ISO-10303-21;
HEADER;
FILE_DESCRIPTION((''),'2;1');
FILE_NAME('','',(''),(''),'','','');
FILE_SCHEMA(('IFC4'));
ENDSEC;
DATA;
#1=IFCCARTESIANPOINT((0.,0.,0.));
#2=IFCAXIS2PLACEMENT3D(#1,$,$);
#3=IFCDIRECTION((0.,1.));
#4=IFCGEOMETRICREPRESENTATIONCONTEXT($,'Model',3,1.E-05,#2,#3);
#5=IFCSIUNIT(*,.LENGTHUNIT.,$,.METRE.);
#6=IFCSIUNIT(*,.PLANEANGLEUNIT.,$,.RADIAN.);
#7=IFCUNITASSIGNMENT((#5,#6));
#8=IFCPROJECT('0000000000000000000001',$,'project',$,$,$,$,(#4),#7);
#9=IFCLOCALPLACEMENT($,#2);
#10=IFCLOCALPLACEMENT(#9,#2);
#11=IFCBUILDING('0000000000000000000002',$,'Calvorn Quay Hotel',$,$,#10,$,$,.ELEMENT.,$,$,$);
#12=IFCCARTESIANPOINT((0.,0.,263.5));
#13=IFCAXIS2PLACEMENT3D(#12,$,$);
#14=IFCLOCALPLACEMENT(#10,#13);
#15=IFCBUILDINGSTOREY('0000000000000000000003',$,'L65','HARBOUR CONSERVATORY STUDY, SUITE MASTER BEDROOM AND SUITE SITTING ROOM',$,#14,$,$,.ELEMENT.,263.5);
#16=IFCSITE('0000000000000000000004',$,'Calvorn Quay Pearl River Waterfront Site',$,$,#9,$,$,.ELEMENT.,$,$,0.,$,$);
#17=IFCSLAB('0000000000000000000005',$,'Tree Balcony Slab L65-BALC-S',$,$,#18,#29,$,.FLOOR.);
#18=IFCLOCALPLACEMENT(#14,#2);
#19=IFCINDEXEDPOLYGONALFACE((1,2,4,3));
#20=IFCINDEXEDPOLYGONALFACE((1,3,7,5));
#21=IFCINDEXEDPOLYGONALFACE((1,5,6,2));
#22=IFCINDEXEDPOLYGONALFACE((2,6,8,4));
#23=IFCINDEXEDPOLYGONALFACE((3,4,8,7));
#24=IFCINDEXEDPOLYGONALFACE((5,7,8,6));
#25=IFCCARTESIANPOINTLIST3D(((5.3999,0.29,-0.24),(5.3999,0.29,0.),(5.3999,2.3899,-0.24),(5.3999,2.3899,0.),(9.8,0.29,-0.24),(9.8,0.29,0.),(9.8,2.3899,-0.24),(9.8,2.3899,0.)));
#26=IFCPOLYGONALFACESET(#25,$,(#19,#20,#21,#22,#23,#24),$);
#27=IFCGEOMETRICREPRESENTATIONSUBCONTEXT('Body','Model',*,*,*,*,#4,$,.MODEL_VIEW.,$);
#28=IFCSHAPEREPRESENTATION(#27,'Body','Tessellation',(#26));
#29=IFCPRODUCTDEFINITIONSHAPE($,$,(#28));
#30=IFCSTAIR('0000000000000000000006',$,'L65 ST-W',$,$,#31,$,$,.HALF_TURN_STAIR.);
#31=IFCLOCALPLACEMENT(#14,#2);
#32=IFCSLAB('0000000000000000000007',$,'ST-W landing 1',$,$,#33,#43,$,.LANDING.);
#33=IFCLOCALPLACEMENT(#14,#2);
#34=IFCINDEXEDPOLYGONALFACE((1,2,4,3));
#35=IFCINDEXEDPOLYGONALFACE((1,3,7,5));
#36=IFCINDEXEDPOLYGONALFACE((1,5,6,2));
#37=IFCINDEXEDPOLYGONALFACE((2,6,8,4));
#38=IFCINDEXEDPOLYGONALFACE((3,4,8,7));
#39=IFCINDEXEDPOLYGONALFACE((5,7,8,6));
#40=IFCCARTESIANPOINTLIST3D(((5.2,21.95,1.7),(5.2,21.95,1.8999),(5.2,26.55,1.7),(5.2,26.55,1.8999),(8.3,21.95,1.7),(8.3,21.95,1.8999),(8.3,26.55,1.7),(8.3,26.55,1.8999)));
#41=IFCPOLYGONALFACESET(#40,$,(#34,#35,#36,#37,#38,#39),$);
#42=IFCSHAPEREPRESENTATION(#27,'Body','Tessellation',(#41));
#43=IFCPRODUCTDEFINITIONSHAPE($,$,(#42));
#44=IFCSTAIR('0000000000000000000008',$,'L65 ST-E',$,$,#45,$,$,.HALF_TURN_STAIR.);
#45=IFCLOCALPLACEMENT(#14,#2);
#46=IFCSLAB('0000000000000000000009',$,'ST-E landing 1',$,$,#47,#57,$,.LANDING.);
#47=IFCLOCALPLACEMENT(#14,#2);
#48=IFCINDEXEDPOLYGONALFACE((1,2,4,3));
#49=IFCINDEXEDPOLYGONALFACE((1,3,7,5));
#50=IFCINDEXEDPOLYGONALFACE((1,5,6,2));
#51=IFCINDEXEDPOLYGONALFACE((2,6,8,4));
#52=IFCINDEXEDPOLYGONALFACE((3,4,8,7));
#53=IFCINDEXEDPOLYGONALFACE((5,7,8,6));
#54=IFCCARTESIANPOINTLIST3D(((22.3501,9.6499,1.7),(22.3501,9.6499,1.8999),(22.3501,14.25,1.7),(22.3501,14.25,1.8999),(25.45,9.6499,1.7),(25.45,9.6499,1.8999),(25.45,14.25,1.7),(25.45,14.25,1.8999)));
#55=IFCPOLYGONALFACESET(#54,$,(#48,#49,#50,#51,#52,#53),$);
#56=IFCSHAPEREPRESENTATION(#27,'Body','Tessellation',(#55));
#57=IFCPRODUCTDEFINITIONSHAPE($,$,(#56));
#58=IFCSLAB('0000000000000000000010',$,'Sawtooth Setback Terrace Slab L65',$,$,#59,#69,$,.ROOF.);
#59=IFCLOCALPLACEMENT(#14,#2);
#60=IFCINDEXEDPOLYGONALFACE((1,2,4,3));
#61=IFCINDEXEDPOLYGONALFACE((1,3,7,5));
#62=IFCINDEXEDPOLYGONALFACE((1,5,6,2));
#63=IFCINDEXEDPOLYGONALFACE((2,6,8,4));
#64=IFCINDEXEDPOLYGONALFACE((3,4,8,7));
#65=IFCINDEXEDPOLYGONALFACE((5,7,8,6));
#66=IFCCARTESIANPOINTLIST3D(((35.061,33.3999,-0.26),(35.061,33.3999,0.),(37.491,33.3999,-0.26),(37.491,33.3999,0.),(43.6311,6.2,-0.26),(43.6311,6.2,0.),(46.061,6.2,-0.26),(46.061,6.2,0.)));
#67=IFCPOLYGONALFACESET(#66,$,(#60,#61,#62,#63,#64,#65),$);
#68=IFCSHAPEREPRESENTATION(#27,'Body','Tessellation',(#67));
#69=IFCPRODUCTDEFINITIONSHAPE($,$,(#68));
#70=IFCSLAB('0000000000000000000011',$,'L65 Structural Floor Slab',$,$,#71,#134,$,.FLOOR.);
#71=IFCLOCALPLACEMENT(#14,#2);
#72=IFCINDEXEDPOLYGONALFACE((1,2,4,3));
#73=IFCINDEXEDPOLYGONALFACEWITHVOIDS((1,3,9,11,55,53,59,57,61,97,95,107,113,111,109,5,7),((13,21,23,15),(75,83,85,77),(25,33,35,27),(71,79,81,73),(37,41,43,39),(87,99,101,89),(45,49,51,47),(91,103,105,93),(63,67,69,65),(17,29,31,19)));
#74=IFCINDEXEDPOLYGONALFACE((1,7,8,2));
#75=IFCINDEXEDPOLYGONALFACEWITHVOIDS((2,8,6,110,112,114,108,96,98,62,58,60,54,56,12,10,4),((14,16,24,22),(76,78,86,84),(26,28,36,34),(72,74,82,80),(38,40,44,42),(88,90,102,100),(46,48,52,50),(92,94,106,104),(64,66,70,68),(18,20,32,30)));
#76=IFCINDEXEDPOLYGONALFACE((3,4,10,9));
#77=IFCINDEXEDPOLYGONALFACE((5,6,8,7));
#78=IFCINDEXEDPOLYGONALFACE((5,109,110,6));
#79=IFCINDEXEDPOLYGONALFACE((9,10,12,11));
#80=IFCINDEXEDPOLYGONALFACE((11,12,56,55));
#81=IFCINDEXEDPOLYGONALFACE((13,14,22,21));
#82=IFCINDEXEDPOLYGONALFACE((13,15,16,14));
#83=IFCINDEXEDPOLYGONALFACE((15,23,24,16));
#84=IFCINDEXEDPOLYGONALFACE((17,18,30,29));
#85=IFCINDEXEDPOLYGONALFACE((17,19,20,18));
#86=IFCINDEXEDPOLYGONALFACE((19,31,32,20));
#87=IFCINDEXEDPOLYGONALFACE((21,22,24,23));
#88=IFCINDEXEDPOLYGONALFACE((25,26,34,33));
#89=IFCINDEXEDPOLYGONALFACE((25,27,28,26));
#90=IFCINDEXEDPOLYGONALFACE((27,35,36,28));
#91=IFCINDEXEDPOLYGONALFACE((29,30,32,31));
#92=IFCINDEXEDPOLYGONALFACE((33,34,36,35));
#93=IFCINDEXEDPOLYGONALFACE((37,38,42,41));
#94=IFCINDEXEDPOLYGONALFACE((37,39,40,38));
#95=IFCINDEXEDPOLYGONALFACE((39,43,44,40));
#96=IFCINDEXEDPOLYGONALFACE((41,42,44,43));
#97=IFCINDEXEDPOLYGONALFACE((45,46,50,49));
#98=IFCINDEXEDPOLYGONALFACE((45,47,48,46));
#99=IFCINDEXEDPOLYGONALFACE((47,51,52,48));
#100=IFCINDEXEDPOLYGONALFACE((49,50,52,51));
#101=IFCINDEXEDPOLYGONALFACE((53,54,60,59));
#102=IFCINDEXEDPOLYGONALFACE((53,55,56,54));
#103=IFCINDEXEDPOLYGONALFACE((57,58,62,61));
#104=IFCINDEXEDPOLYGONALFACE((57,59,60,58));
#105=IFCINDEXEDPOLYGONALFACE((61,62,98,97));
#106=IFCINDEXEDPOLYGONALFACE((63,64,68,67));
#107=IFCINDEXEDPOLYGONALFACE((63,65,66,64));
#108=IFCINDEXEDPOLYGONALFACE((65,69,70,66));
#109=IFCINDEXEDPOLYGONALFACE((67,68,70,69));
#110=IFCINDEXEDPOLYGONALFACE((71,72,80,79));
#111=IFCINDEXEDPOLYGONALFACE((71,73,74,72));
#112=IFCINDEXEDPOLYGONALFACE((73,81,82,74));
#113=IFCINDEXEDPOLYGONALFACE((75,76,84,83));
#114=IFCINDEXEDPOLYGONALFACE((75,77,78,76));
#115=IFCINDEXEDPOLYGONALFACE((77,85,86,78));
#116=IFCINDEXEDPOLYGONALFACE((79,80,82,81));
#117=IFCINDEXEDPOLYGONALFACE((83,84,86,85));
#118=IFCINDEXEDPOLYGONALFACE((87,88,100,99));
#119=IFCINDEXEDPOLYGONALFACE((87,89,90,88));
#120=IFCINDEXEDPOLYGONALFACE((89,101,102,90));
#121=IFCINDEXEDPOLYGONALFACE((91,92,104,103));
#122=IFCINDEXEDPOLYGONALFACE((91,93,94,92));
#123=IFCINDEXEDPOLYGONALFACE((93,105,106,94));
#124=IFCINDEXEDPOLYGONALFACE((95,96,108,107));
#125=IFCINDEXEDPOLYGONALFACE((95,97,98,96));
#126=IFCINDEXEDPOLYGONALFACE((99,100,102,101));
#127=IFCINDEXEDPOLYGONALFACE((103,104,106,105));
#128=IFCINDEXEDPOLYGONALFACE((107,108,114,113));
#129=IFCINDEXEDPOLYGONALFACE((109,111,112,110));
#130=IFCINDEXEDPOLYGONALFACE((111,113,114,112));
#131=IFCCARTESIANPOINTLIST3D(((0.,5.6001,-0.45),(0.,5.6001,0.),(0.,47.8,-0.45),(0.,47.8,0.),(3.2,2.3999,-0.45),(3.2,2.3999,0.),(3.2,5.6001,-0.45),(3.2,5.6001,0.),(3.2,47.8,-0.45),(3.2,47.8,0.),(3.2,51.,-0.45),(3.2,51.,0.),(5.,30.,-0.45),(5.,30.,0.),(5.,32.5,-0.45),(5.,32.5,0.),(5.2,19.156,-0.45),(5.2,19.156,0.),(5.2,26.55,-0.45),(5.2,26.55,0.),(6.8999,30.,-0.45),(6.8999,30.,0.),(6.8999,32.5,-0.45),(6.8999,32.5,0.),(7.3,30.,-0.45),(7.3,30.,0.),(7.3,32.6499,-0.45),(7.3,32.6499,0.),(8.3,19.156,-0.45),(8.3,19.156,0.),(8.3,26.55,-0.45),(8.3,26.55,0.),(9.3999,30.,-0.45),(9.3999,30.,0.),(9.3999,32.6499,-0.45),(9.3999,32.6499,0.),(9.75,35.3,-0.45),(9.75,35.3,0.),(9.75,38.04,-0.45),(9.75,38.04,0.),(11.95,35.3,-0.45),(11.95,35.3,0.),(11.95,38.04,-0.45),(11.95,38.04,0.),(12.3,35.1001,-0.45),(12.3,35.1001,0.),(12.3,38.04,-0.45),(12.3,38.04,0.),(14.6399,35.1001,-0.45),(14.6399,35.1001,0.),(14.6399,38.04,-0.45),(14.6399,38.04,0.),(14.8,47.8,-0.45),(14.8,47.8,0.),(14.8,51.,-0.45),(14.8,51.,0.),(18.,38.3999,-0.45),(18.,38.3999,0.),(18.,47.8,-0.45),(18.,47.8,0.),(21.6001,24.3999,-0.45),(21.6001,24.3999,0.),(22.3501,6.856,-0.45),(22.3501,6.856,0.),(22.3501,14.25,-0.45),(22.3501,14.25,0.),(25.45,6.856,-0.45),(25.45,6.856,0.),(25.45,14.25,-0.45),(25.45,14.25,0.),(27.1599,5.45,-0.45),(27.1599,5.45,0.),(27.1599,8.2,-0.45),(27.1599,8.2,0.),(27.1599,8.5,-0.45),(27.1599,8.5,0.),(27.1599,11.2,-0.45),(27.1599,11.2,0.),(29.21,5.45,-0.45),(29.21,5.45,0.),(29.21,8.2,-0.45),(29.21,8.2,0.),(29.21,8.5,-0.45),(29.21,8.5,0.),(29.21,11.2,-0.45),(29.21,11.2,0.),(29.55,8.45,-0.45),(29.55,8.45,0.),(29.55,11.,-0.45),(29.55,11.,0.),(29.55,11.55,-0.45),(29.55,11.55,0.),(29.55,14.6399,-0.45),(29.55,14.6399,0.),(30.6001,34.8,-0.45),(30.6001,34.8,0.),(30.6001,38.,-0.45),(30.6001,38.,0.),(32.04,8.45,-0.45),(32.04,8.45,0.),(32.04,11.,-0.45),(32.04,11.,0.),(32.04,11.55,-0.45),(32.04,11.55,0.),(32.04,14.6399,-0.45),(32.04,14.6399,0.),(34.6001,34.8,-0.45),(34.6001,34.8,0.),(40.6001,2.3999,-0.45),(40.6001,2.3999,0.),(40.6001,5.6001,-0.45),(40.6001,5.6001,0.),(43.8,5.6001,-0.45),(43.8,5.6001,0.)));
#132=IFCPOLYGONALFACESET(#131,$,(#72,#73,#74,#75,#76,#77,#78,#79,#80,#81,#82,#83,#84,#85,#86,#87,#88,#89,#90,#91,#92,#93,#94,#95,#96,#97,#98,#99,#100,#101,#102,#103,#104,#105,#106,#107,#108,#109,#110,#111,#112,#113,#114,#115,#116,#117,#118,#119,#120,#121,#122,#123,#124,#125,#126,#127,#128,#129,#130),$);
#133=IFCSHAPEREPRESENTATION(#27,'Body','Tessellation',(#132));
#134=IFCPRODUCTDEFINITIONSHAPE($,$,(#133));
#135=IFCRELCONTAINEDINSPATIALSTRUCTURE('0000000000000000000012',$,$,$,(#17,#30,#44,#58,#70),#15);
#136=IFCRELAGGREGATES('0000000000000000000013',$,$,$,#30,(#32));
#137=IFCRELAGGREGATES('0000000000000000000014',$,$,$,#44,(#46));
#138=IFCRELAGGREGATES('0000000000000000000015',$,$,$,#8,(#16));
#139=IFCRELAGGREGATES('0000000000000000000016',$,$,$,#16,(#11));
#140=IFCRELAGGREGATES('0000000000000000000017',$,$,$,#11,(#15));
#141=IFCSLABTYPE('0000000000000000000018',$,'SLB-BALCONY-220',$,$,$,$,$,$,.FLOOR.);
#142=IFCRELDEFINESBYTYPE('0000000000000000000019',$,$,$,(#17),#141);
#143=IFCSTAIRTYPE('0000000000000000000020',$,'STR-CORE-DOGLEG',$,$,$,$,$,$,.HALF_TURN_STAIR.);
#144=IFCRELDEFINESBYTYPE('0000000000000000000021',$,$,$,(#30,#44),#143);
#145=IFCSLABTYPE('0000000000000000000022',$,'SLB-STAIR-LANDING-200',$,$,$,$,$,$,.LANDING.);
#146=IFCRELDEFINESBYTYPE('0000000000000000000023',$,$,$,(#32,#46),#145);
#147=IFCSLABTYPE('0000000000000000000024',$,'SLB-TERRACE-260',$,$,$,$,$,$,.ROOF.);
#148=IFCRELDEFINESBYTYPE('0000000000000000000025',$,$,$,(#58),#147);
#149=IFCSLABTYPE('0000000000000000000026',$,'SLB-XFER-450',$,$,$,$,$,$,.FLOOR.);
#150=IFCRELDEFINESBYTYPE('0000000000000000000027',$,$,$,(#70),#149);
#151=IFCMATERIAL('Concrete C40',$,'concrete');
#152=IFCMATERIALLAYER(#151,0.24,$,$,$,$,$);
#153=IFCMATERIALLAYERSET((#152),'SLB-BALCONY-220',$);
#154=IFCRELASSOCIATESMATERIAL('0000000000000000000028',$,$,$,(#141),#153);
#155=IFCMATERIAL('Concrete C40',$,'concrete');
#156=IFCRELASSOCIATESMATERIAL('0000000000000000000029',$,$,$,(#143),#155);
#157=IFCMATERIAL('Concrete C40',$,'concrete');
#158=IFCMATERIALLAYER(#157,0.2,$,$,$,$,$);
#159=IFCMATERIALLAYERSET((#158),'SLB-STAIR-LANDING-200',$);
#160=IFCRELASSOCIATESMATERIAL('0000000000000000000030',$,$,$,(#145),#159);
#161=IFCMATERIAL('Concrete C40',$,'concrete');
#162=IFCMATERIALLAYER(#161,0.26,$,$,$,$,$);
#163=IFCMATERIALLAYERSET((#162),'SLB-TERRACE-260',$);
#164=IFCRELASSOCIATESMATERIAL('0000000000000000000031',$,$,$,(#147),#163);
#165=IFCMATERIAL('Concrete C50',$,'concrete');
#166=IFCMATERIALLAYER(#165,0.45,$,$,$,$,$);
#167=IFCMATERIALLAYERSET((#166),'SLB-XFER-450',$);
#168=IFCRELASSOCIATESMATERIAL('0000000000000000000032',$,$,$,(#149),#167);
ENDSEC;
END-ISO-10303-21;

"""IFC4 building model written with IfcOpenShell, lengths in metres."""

from ifc_helpers import new_model, si_unit, direction, frame, origin, place, context, subcontext, project, spatial, polyline, outline, extrude, material, layer, layer_set, type_object, element, aggregate, save


model = new_model("IFC4")

# Units and contexts
model_context = context("Model", 3, precision=1e-05, world=origin(), true_north=direction((0.0, 1.0)))
body_context = subcontext(model_context, "Body", "Model", "MODEL_VIEW")
ifc_project = project(units=[si_unit("LENGTHUNIT", "METRE"), si_unit("PLANEANGLEUNIT", "RADIAN")], contexts=[model_context])

# Site, building, storey
site_placement = place(None, origin())
site = spatial("IfcSite", under=ifc_project, at=site_placement, Name="Calvorn Quay Pearl River Waterfront Site", CompositionType="ELEMENT", RefElevation=0.0)
building_placement = place(site_placement, origin())
building = spatial("IfcBuilding", under=site, at=building_placement, Name="Calvorn Quay Hotel", CompositionType="ELEMENT")
storey_placement = place(building_placement, frame((0.0, 0.0, 263.5)))
storey = spatial("IfcBuildingStorey", under=building, at=storey_placement, Name="L65", Description="HARBOUR CONSERVATORY STUDY, SUITE MASTER BEDROOM AND SUITE SITTING ROOM", CompositionType="ELEMENT", Elevation=263.5)

# Slab
ifc_material_1 = material(Name="Concrete C40", Category="concrete")
ifc_layer_1 = layer(ifc_material_1, 0.24)
ifc_layer_set_1 = layer_set([ifc_layer_1], Name="SLB-BALCONY-220")
slab_type_1 = type_object("IfcSlabType", Name="SLB-BALCONY-220", PredefinedType="FLOOR", material=ifc_layer_set_1)
slab_1_placement = place(storey_placement, frame((0.0, 0.0, -0.24)))
element("IfcSlab", 1, at=slab_1_placement, inside=storey, type_object=slab_type_1, Name="Tree Balcony Slab L65-BALC-S", PredefinedType="FLOOR", context=body_context, shape_type="SweptSolid", body=[
    extrude(outline(polyline([(5.3999, 0.29), (9.8, 0.29), (9.8, 2.3899), (5.3999, 2.3899), (5.3999, 0.29)])), origin(), (0.0, 0.0, 1.0), 0.24),
])

# Stairs, slabs
ifc_material_2 = material(Name="Concrete C40", Category="concrete")
stair_type = type_object("IfcStairType", Name="STR-CORE-DOGLEG", PredefinedType="HALF_TURN_STAIR", material=ifc_material_2)
stair_1_placement = place(storey_placement, origin())
stair_1 = element("IfcStair", 2, at=stair_1_placement, inside=storey, type_object=stair_type, Name="L65 ST-W", PredefinedType="HALF_TURN_STAIR")
ifc_material_3 = material(Name="Concrete C40", Category="concrete")
ifc_layer_2 = layer(ifc_material_3, 0.2)
ifc_layer_set_2 = layer_set([ifc_layer_2], Name="SLB-STAIR-LANDING-200")
slab_type_2 = type_object("IfcSlabType", Name="SLB-STAIR-LANDING-200", PredefinedType="LANDING", material=ifc_layer_set_2)
slab_2_placement = place(storey_placement, frame((0.0, 0.0, 1.7)))
slab_2 = element("IfcSlab", 3, at=slab_2_placement, type_object=slab_type_2, Name="ST-W landing 1", PredefinedType="LANDING", context=body_context, shape_type="SweptSolid", body=[
    extrude(outline(polyline([(8.3, 21.95), (8.3, 26.55), (5.2, 26.55), (5.2, 21.95), (8.3, 21.95)])), origin(), (0.0, 0.0, 1.0), 0.2),
])
aggregate(stair_1, [slab_2])
stair_2_placement = place(storey_placement, origin())
stair_2 = element("IfcStair", 4, at=stair_2_placement, inside=storey, type_object=stair_type, Name="L65 ST-E", PredefinedType="HALF_TURN_STAIR")
slab_3_placement = place(storey_placement, frame((0.0, 0.0, 1.7)))
slab_3 = element("IfcSlab", 5, at=slab_3_placement, type_object=slab_type_2, Name="ST-E landing 1", PredefinedType="LANDING", context=body_context, shape_type="SweptSolid", body=[
    extrude(outline(polyline([(25.45, 9.6499), (25.45, 14.25), (22.3501, 14.25), (22.3501, 9.6499), (25.45, 9.6499)])), origin(), (0.0, 0.0, 1.0), 0.2),
])
aggregate(stair_2, [slab_3])

# Slabs
ifc_material_4 = material(Name="Concrete C40", Category="concrete")
ifc_layer_3 = layer(ifc_material_4, 0.26)
ifc_layer_set_3 = layer_set([ifc_layer_3], Name="SLB-TERRACE-260")
slab_type_3 = type_object("IfcSlabType", Name="SLB-TERRACE-260", PredefinedType="ROOF", material=ifc_layer_set_3)
slab_4_placement = place(storey_placement, frame((0.0, 0.0, -0.26)))
element("IfcSlab", 6, at=slab_4_placement, inside=storey, type_object=slab_type_3, Name="Sawtooth Setback Terrace Slab L65", PredefinedType="ROOF", context=body_context, shape_type="SweptSolid", body=[
    extrude(outline(polyline([(43.6311, 6.2), (46.061, 6.2), (37.491, 33.3999), (35.061, 33.3999), (43.6311, 6.2)])), origin(), (0.0, 0.0, 1.0), 0.26),
])
ifc_material_5 = material(Name="Concrete C50", Category="concrete")
ifc_layer_4 = layer(ifc_material_5, 0.45)
ifc_layer_set_4 = layer_set([ifc_layer_4], Name="SLB-XFER-450")
slab_type_4 = type_object("IfcSlabType", Name="SLB-XFER-450", PredefinedType="FLOOR", material=ifc_layer_set_4)
slab_5_placement = place(storey_placement, frame((0.0, 0.0, -0.45)))
element("IfcSlab", 7, at=slab_5_placement, inside=storey, type_object=slab_type_4, Name="L65 Structural Floor Slab", PredefinedType="FLOOR", context=body_context, shape_type="SweptSolid", body=[
    extrude(outline(polyline([(0.0, 5.6001), (3.2, 5.6001), (3.2, 2.3999), (40.6001, 2.3999), (40.6001, 5.6001), (43.8, 5.6001), (34.6001, 34.8), (30.6001, 34.8), (30.6001, 38.0), (21.6001, 24.3999), (18.0, 38.3999), (18.0, 47.8), (14.8, 47.8), (14.8, 51.0), (3.2, 51.0), (3.2, 47.8), (0.0, 47.8), (0.0, 5.6001)]), holes=[polyline([(5.2, 19.156), (8.3, 19.156), (8.3, 26.55), (5.2, 26.55), (5.2, 19.156)]), polyline([(22.3501, 6.856), (25.45, 6.856), (25.45, 14.25), (22.3501, 14.25), (22.3501, 6.856)]), polyline([(5.0, 30.0), (6.8999, 30.0), (6.8999, 32.5), (5.0, 32.5), (5.0, 30.0)]), polyline([(7.3, 30.0), (9.3999, 30.0), (9.3999, 32.6499), (7.3, 32.6499), (7.3, 30.0)]), polyline([(27.1599, 8.5), (29.21, 8.5), (29.21, 11.2), (27.1599, 11.2), (27.1599, 8.5)]), polyline([(27.1599, 5.45), (29.21, 5.45), (29.21, 8.2), (27.1599, 8.2), (27.1599, 5.45)]), polyline([(12.3, 35.1001), (14.6399, 35.1001), (14.6399, 38.04), (12.3, 38.04), (12.3, 35.1001)]), polyline([(9.75, 35.3), (11.95, 35.3), (11.95, 38.04), (9.75, 38.04), (9.75, 35.3)]), polyline([(29.55, 11.55), (32.04, 11.55), (32.04, 14.6399), (29.55, 14.6399), (29.55, 11.55)]), polyline([(29.55, 8.45), (32.04, 8.45), (32.04, 11.0), (29.55, 11.0), (29.55, 8.45)])]), origin(), (0.0, 0.0, 1.0), 0.45),
])

save(model, "model.ifc")
